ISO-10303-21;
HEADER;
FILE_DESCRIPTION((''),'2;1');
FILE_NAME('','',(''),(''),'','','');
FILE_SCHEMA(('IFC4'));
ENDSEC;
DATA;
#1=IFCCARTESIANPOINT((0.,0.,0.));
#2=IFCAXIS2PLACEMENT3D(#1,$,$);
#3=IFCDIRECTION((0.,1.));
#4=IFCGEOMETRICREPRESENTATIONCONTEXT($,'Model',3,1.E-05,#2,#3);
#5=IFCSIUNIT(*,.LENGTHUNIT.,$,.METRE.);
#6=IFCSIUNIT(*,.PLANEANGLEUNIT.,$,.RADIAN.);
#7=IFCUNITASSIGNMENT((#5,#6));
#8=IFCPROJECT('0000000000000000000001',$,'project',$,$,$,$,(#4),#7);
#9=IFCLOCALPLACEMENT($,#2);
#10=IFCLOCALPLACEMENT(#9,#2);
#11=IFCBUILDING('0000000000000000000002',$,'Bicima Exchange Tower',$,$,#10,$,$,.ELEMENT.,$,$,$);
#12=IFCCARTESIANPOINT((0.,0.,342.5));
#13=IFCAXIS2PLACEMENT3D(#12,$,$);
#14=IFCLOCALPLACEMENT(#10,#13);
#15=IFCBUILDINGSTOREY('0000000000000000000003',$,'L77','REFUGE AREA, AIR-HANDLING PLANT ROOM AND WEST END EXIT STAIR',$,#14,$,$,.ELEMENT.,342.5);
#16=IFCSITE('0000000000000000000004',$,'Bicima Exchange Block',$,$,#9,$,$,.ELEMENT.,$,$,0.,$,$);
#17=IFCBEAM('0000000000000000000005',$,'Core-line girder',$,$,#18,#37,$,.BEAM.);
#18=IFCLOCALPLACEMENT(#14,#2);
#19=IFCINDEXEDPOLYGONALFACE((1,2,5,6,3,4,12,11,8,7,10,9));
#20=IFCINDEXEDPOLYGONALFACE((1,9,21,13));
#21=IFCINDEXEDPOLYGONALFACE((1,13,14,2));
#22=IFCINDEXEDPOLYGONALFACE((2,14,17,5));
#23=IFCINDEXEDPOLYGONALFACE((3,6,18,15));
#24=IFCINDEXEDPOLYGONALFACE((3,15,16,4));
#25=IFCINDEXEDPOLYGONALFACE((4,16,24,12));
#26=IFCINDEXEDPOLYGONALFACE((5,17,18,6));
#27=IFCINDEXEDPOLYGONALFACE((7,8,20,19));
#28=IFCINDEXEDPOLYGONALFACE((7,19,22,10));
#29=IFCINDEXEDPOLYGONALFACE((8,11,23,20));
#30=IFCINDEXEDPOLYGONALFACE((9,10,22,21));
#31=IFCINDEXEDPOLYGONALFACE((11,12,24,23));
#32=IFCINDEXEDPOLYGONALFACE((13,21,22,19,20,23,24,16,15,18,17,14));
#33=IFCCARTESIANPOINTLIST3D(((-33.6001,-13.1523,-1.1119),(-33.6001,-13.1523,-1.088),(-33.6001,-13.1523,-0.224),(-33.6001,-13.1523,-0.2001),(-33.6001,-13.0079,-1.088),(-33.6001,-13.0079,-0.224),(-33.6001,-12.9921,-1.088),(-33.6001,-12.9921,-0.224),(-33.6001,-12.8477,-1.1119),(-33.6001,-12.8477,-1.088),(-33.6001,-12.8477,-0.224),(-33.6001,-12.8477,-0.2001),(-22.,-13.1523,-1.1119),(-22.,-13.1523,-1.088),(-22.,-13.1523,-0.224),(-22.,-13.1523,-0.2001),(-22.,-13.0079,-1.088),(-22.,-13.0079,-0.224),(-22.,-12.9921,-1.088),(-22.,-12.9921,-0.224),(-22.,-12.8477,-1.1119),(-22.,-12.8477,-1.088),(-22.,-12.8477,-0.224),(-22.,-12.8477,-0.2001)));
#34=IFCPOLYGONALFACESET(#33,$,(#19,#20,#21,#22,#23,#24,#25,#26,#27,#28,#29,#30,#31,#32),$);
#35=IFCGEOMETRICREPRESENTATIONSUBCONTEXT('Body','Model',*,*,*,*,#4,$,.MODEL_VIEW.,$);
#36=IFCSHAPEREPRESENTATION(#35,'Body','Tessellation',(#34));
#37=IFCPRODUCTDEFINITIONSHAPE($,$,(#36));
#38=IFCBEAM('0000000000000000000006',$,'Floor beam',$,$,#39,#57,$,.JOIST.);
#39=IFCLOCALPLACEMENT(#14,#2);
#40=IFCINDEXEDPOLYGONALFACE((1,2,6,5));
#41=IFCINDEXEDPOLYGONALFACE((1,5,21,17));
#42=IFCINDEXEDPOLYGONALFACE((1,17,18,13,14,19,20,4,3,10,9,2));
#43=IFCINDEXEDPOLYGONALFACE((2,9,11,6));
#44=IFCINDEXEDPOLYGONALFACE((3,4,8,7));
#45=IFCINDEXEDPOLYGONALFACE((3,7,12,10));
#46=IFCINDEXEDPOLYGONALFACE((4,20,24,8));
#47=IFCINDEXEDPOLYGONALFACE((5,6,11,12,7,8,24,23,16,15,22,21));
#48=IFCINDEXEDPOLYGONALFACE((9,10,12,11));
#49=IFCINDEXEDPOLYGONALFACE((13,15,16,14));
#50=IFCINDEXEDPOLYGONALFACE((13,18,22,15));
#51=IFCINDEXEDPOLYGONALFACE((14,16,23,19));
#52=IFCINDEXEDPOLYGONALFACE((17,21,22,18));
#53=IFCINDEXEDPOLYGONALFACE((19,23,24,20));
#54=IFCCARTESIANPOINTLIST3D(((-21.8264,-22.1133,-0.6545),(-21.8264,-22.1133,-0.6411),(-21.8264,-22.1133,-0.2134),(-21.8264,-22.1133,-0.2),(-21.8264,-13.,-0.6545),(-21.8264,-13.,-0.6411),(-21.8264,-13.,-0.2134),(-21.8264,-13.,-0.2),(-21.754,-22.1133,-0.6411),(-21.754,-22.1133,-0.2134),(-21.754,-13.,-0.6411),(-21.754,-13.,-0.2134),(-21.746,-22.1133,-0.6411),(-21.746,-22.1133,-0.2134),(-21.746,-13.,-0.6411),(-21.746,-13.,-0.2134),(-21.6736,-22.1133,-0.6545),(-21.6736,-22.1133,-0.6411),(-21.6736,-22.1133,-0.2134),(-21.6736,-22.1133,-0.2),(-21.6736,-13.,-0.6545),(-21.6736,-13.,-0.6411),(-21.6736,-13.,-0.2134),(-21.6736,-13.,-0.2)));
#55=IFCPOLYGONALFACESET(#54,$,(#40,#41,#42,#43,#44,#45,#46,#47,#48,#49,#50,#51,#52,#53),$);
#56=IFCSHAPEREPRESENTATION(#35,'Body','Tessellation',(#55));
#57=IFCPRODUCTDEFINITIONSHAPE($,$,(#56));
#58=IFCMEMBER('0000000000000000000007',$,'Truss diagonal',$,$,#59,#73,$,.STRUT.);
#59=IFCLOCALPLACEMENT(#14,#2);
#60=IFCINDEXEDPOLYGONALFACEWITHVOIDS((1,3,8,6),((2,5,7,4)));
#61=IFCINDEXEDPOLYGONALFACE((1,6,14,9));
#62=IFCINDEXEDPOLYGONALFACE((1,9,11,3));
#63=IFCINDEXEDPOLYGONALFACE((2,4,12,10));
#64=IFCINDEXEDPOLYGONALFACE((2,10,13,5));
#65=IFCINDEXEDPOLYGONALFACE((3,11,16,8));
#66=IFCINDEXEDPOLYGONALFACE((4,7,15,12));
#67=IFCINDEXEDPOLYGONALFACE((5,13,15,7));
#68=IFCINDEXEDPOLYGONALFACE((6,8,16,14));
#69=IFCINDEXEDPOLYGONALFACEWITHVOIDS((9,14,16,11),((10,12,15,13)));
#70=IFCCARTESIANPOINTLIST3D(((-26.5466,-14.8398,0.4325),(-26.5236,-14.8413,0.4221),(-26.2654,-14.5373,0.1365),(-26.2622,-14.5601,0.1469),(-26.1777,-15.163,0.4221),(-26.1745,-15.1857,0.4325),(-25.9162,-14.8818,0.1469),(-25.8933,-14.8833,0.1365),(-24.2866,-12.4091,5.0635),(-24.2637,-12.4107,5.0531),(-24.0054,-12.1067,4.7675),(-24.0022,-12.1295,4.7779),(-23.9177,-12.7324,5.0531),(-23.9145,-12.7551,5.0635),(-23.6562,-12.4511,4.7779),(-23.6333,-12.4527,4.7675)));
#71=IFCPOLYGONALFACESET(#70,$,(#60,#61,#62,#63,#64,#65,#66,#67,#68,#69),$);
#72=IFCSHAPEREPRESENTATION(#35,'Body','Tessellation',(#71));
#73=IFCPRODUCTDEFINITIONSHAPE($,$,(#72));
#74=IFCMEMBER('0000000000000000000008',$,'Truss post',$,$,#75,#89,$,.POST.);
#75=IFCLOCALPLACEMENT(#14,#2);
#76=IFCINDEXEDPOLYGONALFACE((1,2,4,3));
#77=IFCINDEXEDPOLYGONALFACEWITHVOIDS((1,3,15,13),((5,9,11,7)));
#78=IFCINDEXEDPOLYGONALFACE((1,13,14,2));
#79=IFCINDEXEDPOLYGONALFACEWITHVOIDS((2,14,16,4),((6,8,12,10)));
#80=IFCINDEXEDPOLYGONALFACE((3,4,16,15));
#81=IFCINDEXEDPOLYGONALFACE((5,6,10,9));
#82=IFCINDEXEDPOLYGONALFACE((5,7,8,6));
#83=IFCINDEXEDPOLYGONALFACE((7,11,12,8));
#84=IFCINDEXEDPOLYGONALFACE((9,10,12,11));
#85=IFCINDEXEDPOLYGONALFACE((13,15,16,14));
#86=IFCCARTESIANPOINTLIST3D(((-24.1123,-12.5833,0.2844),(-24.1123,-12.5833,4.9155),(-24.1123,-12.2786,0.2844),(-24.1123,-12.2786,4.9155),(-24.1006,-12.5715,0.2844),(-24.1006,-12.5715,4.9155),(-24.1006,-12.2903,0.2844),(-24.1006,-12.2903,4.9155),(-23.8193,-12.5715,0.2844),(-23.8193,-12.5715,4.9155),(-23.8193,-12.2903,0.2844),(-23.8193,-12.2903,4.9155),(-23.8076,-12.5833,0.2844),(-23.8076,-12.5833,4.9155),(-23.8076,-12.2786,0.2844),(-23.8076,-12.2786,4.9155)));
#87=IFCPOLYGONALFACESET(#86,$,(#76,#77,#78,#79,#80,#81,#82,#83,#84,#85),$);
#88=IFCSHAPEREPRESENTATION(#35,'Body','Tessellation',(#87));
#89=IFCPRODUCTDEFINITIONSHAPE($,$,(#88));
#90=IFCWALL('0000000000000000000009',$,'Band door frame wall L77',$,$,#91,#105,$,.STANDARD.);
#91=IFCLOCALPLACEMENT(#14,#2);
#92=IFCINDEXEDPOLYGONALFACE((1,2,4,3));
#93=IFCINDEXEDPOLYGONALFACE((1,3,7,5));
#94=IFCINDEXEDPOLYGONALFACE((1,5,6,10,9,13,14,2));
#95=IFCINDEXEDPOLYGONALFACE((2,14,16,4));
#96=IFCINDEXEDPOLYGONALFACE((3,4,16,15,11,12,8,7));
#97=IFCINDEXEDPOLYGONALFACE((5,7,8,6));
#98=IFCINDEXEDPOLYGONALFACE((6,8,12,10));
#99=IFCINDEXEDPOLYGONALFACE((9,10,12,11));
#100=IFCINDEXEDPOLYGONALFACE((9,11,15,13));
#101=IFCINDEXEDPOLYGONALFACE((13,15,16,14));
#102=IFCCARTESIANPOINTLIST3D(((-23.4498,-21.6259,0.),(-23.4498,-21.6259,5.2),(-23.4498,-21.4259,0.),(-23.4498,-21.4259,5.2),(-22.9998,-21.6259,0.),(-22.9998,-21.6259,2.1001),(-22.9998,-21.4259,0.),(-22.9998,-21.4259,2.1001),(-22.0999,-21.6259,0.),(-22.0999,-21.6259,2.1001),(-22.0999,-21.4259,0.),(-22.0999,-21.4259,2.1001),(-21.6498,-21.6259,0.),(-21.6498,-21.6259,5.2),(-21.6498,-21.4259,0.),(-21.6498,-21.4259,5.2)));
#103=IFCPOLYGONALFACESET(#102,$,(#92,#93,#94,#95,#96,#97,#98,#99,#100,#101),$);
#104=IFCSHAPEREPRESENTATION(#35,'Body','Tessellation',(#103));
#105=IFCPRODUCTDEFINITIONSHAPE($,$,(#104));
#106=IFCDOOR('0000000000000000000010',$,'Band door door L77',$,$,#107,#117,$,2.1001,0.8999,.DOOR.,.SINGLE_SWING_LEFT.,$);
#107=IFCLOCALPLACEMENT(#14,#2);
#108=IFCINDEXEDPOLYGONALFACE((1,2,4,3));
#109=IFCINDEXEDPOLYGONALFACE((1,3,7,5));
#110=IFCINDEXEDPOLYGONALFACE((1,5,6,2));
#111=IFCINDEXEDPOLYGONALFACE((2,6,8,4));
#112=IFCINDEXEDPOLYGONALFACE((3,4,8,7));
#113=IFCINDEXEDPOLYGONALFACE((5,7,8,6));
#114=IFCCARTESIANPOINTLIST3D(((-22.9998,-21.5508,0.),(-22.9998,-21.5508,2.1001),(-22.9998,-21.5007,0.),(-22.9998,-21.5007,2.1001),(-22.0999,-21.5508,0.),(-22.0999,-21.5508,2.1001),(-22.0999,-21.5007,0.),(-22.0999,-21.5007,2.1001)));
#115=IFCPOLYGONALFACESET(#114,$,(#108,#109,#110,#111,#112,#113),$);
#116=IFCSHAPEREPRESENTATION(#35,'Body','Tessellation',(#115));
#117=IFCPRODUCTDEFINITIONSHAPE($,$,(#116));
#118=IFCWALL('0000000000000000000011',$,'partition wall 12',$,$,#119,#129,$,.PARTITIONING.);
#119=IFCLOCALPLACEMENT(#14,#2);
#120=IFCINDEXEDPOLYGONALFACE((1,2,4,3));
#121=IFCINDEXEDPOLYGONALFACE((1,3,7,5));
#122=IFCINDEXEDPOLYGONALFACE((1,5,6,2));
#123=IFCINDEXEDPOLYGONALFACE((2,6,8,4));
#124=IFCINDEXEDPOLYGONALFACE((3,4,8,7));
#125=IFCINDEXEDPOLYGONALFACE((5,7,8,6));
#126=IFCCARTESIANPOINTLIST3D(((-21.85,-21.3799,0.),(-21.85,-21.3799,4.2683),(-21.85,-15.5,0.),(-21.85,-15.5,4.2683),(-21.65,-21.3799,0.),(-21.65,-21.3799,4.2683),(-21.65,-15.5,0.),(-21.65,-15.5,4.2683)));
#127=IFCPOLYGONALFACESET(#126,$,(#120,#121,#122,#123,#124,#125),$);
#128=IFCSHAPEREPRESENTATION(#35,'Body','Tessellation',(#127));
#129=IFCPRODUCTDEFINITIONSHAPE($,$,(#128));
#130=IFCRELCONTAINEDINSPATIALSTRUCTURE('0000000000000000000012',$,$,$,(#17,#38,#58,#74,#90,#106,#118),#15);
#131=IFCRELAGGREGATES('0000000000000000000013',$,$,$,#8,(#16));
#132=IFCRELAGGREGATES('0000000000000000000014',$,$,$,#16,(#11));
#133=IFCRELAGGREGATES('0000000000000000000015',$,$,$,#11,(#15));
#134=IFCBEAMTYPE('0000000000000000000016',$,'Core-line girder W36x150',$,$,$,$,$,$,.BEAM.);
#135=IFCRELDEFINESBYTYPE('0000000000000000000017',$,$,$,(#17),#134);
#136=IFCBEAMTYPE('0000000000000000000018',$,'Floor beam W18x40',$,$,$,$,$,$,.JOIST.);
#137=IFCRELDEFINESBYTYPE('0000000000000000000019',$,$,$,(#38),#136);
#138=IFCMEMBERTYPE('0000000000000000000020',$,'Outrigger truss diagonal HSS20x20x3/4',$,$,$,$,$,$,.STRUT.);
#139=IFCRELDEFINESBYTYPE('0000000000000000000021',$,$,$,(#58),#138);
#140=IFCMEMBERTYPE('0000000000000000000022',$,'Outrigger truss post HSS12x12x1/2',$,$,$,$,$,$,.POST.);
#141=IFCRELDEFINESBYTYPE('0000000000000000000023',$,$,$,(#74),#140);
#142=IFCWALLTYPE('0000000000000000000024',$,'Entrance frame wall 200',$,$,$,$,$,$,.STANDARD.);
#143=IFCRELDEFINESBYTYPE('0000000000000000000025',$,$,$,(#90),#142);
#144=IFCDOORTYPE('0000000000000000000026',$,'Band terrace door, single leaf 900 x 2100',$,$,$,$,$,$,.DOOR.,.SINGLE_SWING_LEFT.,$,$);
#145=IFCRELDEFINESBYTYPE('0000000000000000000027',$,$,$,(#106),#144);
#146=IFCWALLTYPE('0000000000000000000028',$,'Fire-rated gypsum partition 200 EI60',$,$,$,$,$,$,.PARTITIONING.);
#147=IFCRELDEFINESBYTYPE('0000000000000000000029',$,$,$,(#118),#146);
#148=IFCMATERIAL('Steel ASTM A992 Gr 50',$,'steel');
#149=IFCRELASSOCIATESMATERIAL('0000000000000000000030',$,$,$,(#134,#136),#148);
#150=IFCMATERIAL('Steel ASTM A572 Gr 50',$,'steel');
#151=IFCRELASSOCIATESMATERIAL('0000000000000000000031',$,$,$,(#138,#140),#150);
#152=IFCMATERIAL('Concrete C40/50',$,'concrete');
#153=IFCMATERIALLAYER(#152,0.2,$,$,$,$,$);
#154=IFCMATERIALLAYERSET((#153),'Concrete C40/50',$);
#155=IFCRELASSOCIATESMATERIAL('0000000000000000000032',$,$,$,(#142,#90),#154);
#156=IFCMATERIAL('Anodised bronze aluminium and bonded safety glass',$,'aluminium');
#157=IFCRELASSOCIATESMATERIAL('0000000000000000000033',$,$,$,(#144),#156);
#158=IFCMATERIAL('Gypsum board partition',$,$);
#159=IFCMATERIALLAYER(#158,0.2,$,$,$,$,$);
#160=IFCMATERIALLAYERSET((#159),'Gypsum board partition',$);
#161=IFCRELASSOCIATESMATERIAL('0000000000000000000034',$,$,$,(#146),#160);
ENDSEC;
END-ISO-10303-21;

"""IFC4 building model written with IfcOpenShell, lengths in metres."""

from ifc_helpers import new_model, si_unit, direction, frame, frame_2d, origin, origin_2d, place, context, subcontext, project, spatial, rectangle, hollow_rectangle, i_section, extrude, material, layer, layer_set, layer_usage, material_profile, profile_set, type_object, element, fill, save


model = new_model("IFC4")

# Units and contexts
model_context = context("Model", 3, precision=1e-05, world=origin(), true_north=direction((0.0, 1.0)))
body_context = subcontext(model_context, "Body", "Model", "MODEL_VIEW")
ifc_project = project(units=[si_unit("LENGTHUNIT", "METRE"), si_unit("PLANEANGLEUNIT", "RADIAN")], contexts=[model_context])

# Site, building, storey
site_placement = place(None, origin())
site = spatial("IfcSite", under=ifc_project, at=site_placement, Name="Bicima Exchange Block", CompositionType="ELEMENT", RefElevation=0.0)
building_placement = place(site_placement, origin())
building = spatial("IfcBuilding", under=site, at=building_placement, Name="Bicima Exchange Tower", CompositionType="ELEMENT")
storey_placement = place(building_placement, frame((0.0, 0.0, 342.5)))
storey = spatial("IfcBuildingStorey", under=building, at=storey_placement, Name="L77", Description="REFUGE AREA, AIR-HANDLING PLANT ROOM AND WEST END EXIT STAIR", CompositionType="ELEMENT", Elevation=342.5)

# Beams
ifc_material_1 = material(Name="Steel ASTM A992 Gr 50", Category="steel")
ifc_material_profile_1 = material_profile(ifc_material_1, i_section(OverallWidth=0.3047, OverallDepth=0.9119, WebThickness=0.0159, FlangeThickness=0.0239, at=origin_2d()))
ifc_profile_set_1 = profile_set([ifc_material_profile_1], Name="Steel ASTM A992 Gr 50")
beam_type_1 = type_object("IfcBeamType", Name="Core-line girder W36x150", PredefinedType="BEAM", material=ifc_profile_set_1)
beam_1_placement = place(storey_placement, frame((-22.0, -13.0, -0.656), z_axis=(-1.0, 0.0, 0.0), x_axis=(0.0, -1.0, 0.0)))
element("IfcBeam", 1, at=beam_1_placement, inside=storey, type_object=beam_type_1, Name="Core-line girder", PredefinedType="BEAM", context=body_context, shape_type="SweptSolid", body=[
    extrude(i_section(OverallWidth=0.3047, OverallDepth=0.9119, WebThickness=0.0159, FlangeThickness=0.0239, at=origin_2d()), origin(), (0.0, 0.0, 1.0), 11.6001),
])
ifc_material_profile_2 = material_profile(ifc_material_1, i_section(OverallWidth=0.1528, OverallDepth=0.4546, WebThickness=0.0081, FlangeThickness=0.0134, at=origin_2d()))
ifc_profile_set_2 = profile_set([ifc_material_profile_2], Name="Steel ASTM A992 Gr 50")
beam_type_2 = type_object("IfcBeamType", Name="Floor beam W18x40", PredefinedType="JOIST", material=ifc_profile_set_2)
beam_2_placement = place(storey_placement, frame((-21.75, -13.0, -0.4272), z_axis=(0.0, -1.0, 0.0), x_axis=(1.0, 0.0, 0.0)))
element("IfcBeam", 2, at=beam_2_placement, inside=storey, type_object=beam_type_2, Name="Floor beam", PredefinedType="JOIST", context=body_context, shape_type="SweptSolid", body=[
    extrude(i_section(OverallWidth=0.1528, OverallDepth=0.4546, WebThickness=0.0081, FlangeThickness=0.0134, at=origin_2d()), origin(), (0.0, 0.0, 1.0), 9.1133),
])

# Members
ifc_material_2 = material(Name="Steel ASTM A572 Gr 50", Category="steel")
ifc_material_profile_3 = material_profile(ifc_material_2, hollow_rectangle(XDim=0.5081, YDim=0.5081, WallThickness=0.0178, at=origin_2d()))
ifc_profile_set_3 = profile_set([ifc_material_profile_3], Name="Steel ASTM A572 Gr 50")
member_type_1 = type_object("IfcMemberType", Name="Outrigger truss diagonal HSS20x20x3/4", PredefinedType="STRUT", material=ifc_profile_set_3)
member_1_placement = place(storey_placement, frame((-23.96, -12.4309, 4.9155), z_axis=(-0.396658, -0.42661, -0.812813), x_axis=(0.732348, -0.680931, 0.0)))
element("IfcMember", 3, at=member_1_placement, inside=storey, type_object=member_type_1, Name="Truss diagonal", PredefinedType="STRUT", context=body_context, shape_type="SweptSolid", body=[
    extrude(hollow_rectangle(XDim=0.5081, YDim=0.5081, WallThickness=0.0178, at=origin_2d()), origin(), (0.0, 0.0, 1.0), 5.6975),
])
ifc_material_profile_4 = material_profile(ifc_material_2, hollow_rectangle(XDim=0.3047, YDim=0.3047, WallThickness=0.0117, at=origin_2d()))
ifc_profile_set_4 = profile_set([ifc_material_profile_4], Name="Steel ASTM A572 Gr 50")
member_type_2 = type_object("IfcMemberType", Name="Outrigger truss post HSS12x12x1/2", PredefinedType="POST", material=ifc_profile_set_4)
member_2_placement = place(storey_placement, frame((-23.96, -12.4309, 0.2844), z_axis=(0.0, 0.0, 1.0), x_axis=(1.0, 0.0, 0.0)))
element("IfcMember", 4, at=member_2_placement, inside=storey, type_object=member_type_2, Name="Truss post", PredefinedType="POST", context=body_context, shape_type="SweptSolid", body=[
    extrude(hollow_rectangle(XDim=0.3047, YDim=0.3047, WallThickness=0.0117, at=origin_2d()), origin(), (0.0, 0.0, 1.0), 4.6311),
])

# Wall, opening, door
ifc_material_3 = material(Name="Concrete C40/50", Category="concrete")
ifc_layer_1 = layer(ifc_material_3, 0.2)
ifc_layer_set_1 = layer_set([ifc_layer_1], Name="Concrete C40/50")
ifc_layer_usage_1 = layer_usage(ifc_layer_set_1, "AXIS2", "POSITIVE", -0.1)
wall_type_1 = type_object("IfcWallType", Name="Entrance frame wall 200", PredefinedType="STANDARD", material=ifc_layer_set_1)
wall_1_placement = place(storey_placement, frame((-21.6499, -21.5259, 0.0), z_axis=(0.0, 0.0, 1.0), x_axis=(-1.0, 0.0, 0.0)))
wall_1 = element("IfcWall", 5, at=wall_1_placement, inside=storey, type_object=wall_type_1, material=ifc_layer_usage_1, Name="Band door frame wall L77", PredefinedType="STANDARD", context=body_context, shape_type="SweptSolid", body=[
    extrude(rectangle(XDim=1.8, YDim=0.2, at=frame_2d((0.8999, 0.0))), origin(), (0.0, 0.0, 1.0), 5.2),
])
opening_1_placement = place(wall_1_placement, frame((0.45, 0.0, 0.0)))
opening_1 = element("IfcOpeningElement", 6, at=opening_1_placement, cuts=wall_1, PredefinedType="OPENING", context=body_context, shape_type="SweptSolid", body=[
    extrude(rectangle(XDim=0.8999, YDim=2.1001, at=frame_2d((0.45, 1.05))), frame((0.0, 0.1118, 0.0), z_axis=(0.0, -1.0, 0.0), x_axis=(1.0, 0.0, 0.0)), (0.0, 0.0, 1.0), 0.2239),
])
ifc_material_4 = material(Name="Anodised bronze aluminium and bonded safety glass", Category="aluminium")
door_type_1 = type_object("IfcDoorType", Name="Band terrace door, single leaf 900 x 2100", OperationType="SINGLE_SWING_LEFT", PredefinedType="DOOR", material=ifc_material_4)
door_1_placement = place(opening_1_placement, origin())
door_1 = element("IfcDoor", 7, at=door_1_placement, inside=storey, type_object=door_type_1, Name="Band door door L77", OperationType="SINGLE_SWING_LEFT", OverallHeight=2.1001, OverallWidth=0.8999, PredefinedType="DOOR", context=body_context, shape_type="SweptSolid", body=[
    extrude(rectangle(XDim=0.8999, YDim=2.1001, at=frame_2d((0.45, 1.05))), frame((0.0, 0.0249, 0.0), z_axis=(0.0, -1.0, 0.0), x_axis=(1.0, 0.0, 0.0)), (0.0, 0.0, 1.0), 0.05),
])
fill(opening_1, door_1)

# Wall
ifc_material_5 = material(Name="Gypsum board partition")
ifc_layer_2 = layer(ifc_material_5, 0.2)
ifc_layer_set_2 = layer_set([ifc_layer_2], Name="Gypsum board partition")
wall_type_2 = type_object("IfcWallType", Name="Fire-rated gypsum partition 200 EI60", PredefinedType="PARTITIONING", material=ifc_layer_set_2)
wall_2_placement = place(storey_placement, frame((-21.75, -21.3799, 0.0), z_axis=(0.0, 0.0, 1.0), x_axis=(0.0, 1.0, 0.0)))
element("IfcWall", 8, at=wall_2_placement, inside=storey, type_object=wall_type_2, Name="partition wall 12", PredefinedType="PARTITIONING", context=body_context, shape_type="SweptSolid", body=[
    extrude(rectangle(XDim=5.8799, YDim=0.2, at=frame_2d((2.9399, 0.0))), origin(), (0.0, 0.0, 1.0), 4.2683),
])

save(model, "model.ifc")
